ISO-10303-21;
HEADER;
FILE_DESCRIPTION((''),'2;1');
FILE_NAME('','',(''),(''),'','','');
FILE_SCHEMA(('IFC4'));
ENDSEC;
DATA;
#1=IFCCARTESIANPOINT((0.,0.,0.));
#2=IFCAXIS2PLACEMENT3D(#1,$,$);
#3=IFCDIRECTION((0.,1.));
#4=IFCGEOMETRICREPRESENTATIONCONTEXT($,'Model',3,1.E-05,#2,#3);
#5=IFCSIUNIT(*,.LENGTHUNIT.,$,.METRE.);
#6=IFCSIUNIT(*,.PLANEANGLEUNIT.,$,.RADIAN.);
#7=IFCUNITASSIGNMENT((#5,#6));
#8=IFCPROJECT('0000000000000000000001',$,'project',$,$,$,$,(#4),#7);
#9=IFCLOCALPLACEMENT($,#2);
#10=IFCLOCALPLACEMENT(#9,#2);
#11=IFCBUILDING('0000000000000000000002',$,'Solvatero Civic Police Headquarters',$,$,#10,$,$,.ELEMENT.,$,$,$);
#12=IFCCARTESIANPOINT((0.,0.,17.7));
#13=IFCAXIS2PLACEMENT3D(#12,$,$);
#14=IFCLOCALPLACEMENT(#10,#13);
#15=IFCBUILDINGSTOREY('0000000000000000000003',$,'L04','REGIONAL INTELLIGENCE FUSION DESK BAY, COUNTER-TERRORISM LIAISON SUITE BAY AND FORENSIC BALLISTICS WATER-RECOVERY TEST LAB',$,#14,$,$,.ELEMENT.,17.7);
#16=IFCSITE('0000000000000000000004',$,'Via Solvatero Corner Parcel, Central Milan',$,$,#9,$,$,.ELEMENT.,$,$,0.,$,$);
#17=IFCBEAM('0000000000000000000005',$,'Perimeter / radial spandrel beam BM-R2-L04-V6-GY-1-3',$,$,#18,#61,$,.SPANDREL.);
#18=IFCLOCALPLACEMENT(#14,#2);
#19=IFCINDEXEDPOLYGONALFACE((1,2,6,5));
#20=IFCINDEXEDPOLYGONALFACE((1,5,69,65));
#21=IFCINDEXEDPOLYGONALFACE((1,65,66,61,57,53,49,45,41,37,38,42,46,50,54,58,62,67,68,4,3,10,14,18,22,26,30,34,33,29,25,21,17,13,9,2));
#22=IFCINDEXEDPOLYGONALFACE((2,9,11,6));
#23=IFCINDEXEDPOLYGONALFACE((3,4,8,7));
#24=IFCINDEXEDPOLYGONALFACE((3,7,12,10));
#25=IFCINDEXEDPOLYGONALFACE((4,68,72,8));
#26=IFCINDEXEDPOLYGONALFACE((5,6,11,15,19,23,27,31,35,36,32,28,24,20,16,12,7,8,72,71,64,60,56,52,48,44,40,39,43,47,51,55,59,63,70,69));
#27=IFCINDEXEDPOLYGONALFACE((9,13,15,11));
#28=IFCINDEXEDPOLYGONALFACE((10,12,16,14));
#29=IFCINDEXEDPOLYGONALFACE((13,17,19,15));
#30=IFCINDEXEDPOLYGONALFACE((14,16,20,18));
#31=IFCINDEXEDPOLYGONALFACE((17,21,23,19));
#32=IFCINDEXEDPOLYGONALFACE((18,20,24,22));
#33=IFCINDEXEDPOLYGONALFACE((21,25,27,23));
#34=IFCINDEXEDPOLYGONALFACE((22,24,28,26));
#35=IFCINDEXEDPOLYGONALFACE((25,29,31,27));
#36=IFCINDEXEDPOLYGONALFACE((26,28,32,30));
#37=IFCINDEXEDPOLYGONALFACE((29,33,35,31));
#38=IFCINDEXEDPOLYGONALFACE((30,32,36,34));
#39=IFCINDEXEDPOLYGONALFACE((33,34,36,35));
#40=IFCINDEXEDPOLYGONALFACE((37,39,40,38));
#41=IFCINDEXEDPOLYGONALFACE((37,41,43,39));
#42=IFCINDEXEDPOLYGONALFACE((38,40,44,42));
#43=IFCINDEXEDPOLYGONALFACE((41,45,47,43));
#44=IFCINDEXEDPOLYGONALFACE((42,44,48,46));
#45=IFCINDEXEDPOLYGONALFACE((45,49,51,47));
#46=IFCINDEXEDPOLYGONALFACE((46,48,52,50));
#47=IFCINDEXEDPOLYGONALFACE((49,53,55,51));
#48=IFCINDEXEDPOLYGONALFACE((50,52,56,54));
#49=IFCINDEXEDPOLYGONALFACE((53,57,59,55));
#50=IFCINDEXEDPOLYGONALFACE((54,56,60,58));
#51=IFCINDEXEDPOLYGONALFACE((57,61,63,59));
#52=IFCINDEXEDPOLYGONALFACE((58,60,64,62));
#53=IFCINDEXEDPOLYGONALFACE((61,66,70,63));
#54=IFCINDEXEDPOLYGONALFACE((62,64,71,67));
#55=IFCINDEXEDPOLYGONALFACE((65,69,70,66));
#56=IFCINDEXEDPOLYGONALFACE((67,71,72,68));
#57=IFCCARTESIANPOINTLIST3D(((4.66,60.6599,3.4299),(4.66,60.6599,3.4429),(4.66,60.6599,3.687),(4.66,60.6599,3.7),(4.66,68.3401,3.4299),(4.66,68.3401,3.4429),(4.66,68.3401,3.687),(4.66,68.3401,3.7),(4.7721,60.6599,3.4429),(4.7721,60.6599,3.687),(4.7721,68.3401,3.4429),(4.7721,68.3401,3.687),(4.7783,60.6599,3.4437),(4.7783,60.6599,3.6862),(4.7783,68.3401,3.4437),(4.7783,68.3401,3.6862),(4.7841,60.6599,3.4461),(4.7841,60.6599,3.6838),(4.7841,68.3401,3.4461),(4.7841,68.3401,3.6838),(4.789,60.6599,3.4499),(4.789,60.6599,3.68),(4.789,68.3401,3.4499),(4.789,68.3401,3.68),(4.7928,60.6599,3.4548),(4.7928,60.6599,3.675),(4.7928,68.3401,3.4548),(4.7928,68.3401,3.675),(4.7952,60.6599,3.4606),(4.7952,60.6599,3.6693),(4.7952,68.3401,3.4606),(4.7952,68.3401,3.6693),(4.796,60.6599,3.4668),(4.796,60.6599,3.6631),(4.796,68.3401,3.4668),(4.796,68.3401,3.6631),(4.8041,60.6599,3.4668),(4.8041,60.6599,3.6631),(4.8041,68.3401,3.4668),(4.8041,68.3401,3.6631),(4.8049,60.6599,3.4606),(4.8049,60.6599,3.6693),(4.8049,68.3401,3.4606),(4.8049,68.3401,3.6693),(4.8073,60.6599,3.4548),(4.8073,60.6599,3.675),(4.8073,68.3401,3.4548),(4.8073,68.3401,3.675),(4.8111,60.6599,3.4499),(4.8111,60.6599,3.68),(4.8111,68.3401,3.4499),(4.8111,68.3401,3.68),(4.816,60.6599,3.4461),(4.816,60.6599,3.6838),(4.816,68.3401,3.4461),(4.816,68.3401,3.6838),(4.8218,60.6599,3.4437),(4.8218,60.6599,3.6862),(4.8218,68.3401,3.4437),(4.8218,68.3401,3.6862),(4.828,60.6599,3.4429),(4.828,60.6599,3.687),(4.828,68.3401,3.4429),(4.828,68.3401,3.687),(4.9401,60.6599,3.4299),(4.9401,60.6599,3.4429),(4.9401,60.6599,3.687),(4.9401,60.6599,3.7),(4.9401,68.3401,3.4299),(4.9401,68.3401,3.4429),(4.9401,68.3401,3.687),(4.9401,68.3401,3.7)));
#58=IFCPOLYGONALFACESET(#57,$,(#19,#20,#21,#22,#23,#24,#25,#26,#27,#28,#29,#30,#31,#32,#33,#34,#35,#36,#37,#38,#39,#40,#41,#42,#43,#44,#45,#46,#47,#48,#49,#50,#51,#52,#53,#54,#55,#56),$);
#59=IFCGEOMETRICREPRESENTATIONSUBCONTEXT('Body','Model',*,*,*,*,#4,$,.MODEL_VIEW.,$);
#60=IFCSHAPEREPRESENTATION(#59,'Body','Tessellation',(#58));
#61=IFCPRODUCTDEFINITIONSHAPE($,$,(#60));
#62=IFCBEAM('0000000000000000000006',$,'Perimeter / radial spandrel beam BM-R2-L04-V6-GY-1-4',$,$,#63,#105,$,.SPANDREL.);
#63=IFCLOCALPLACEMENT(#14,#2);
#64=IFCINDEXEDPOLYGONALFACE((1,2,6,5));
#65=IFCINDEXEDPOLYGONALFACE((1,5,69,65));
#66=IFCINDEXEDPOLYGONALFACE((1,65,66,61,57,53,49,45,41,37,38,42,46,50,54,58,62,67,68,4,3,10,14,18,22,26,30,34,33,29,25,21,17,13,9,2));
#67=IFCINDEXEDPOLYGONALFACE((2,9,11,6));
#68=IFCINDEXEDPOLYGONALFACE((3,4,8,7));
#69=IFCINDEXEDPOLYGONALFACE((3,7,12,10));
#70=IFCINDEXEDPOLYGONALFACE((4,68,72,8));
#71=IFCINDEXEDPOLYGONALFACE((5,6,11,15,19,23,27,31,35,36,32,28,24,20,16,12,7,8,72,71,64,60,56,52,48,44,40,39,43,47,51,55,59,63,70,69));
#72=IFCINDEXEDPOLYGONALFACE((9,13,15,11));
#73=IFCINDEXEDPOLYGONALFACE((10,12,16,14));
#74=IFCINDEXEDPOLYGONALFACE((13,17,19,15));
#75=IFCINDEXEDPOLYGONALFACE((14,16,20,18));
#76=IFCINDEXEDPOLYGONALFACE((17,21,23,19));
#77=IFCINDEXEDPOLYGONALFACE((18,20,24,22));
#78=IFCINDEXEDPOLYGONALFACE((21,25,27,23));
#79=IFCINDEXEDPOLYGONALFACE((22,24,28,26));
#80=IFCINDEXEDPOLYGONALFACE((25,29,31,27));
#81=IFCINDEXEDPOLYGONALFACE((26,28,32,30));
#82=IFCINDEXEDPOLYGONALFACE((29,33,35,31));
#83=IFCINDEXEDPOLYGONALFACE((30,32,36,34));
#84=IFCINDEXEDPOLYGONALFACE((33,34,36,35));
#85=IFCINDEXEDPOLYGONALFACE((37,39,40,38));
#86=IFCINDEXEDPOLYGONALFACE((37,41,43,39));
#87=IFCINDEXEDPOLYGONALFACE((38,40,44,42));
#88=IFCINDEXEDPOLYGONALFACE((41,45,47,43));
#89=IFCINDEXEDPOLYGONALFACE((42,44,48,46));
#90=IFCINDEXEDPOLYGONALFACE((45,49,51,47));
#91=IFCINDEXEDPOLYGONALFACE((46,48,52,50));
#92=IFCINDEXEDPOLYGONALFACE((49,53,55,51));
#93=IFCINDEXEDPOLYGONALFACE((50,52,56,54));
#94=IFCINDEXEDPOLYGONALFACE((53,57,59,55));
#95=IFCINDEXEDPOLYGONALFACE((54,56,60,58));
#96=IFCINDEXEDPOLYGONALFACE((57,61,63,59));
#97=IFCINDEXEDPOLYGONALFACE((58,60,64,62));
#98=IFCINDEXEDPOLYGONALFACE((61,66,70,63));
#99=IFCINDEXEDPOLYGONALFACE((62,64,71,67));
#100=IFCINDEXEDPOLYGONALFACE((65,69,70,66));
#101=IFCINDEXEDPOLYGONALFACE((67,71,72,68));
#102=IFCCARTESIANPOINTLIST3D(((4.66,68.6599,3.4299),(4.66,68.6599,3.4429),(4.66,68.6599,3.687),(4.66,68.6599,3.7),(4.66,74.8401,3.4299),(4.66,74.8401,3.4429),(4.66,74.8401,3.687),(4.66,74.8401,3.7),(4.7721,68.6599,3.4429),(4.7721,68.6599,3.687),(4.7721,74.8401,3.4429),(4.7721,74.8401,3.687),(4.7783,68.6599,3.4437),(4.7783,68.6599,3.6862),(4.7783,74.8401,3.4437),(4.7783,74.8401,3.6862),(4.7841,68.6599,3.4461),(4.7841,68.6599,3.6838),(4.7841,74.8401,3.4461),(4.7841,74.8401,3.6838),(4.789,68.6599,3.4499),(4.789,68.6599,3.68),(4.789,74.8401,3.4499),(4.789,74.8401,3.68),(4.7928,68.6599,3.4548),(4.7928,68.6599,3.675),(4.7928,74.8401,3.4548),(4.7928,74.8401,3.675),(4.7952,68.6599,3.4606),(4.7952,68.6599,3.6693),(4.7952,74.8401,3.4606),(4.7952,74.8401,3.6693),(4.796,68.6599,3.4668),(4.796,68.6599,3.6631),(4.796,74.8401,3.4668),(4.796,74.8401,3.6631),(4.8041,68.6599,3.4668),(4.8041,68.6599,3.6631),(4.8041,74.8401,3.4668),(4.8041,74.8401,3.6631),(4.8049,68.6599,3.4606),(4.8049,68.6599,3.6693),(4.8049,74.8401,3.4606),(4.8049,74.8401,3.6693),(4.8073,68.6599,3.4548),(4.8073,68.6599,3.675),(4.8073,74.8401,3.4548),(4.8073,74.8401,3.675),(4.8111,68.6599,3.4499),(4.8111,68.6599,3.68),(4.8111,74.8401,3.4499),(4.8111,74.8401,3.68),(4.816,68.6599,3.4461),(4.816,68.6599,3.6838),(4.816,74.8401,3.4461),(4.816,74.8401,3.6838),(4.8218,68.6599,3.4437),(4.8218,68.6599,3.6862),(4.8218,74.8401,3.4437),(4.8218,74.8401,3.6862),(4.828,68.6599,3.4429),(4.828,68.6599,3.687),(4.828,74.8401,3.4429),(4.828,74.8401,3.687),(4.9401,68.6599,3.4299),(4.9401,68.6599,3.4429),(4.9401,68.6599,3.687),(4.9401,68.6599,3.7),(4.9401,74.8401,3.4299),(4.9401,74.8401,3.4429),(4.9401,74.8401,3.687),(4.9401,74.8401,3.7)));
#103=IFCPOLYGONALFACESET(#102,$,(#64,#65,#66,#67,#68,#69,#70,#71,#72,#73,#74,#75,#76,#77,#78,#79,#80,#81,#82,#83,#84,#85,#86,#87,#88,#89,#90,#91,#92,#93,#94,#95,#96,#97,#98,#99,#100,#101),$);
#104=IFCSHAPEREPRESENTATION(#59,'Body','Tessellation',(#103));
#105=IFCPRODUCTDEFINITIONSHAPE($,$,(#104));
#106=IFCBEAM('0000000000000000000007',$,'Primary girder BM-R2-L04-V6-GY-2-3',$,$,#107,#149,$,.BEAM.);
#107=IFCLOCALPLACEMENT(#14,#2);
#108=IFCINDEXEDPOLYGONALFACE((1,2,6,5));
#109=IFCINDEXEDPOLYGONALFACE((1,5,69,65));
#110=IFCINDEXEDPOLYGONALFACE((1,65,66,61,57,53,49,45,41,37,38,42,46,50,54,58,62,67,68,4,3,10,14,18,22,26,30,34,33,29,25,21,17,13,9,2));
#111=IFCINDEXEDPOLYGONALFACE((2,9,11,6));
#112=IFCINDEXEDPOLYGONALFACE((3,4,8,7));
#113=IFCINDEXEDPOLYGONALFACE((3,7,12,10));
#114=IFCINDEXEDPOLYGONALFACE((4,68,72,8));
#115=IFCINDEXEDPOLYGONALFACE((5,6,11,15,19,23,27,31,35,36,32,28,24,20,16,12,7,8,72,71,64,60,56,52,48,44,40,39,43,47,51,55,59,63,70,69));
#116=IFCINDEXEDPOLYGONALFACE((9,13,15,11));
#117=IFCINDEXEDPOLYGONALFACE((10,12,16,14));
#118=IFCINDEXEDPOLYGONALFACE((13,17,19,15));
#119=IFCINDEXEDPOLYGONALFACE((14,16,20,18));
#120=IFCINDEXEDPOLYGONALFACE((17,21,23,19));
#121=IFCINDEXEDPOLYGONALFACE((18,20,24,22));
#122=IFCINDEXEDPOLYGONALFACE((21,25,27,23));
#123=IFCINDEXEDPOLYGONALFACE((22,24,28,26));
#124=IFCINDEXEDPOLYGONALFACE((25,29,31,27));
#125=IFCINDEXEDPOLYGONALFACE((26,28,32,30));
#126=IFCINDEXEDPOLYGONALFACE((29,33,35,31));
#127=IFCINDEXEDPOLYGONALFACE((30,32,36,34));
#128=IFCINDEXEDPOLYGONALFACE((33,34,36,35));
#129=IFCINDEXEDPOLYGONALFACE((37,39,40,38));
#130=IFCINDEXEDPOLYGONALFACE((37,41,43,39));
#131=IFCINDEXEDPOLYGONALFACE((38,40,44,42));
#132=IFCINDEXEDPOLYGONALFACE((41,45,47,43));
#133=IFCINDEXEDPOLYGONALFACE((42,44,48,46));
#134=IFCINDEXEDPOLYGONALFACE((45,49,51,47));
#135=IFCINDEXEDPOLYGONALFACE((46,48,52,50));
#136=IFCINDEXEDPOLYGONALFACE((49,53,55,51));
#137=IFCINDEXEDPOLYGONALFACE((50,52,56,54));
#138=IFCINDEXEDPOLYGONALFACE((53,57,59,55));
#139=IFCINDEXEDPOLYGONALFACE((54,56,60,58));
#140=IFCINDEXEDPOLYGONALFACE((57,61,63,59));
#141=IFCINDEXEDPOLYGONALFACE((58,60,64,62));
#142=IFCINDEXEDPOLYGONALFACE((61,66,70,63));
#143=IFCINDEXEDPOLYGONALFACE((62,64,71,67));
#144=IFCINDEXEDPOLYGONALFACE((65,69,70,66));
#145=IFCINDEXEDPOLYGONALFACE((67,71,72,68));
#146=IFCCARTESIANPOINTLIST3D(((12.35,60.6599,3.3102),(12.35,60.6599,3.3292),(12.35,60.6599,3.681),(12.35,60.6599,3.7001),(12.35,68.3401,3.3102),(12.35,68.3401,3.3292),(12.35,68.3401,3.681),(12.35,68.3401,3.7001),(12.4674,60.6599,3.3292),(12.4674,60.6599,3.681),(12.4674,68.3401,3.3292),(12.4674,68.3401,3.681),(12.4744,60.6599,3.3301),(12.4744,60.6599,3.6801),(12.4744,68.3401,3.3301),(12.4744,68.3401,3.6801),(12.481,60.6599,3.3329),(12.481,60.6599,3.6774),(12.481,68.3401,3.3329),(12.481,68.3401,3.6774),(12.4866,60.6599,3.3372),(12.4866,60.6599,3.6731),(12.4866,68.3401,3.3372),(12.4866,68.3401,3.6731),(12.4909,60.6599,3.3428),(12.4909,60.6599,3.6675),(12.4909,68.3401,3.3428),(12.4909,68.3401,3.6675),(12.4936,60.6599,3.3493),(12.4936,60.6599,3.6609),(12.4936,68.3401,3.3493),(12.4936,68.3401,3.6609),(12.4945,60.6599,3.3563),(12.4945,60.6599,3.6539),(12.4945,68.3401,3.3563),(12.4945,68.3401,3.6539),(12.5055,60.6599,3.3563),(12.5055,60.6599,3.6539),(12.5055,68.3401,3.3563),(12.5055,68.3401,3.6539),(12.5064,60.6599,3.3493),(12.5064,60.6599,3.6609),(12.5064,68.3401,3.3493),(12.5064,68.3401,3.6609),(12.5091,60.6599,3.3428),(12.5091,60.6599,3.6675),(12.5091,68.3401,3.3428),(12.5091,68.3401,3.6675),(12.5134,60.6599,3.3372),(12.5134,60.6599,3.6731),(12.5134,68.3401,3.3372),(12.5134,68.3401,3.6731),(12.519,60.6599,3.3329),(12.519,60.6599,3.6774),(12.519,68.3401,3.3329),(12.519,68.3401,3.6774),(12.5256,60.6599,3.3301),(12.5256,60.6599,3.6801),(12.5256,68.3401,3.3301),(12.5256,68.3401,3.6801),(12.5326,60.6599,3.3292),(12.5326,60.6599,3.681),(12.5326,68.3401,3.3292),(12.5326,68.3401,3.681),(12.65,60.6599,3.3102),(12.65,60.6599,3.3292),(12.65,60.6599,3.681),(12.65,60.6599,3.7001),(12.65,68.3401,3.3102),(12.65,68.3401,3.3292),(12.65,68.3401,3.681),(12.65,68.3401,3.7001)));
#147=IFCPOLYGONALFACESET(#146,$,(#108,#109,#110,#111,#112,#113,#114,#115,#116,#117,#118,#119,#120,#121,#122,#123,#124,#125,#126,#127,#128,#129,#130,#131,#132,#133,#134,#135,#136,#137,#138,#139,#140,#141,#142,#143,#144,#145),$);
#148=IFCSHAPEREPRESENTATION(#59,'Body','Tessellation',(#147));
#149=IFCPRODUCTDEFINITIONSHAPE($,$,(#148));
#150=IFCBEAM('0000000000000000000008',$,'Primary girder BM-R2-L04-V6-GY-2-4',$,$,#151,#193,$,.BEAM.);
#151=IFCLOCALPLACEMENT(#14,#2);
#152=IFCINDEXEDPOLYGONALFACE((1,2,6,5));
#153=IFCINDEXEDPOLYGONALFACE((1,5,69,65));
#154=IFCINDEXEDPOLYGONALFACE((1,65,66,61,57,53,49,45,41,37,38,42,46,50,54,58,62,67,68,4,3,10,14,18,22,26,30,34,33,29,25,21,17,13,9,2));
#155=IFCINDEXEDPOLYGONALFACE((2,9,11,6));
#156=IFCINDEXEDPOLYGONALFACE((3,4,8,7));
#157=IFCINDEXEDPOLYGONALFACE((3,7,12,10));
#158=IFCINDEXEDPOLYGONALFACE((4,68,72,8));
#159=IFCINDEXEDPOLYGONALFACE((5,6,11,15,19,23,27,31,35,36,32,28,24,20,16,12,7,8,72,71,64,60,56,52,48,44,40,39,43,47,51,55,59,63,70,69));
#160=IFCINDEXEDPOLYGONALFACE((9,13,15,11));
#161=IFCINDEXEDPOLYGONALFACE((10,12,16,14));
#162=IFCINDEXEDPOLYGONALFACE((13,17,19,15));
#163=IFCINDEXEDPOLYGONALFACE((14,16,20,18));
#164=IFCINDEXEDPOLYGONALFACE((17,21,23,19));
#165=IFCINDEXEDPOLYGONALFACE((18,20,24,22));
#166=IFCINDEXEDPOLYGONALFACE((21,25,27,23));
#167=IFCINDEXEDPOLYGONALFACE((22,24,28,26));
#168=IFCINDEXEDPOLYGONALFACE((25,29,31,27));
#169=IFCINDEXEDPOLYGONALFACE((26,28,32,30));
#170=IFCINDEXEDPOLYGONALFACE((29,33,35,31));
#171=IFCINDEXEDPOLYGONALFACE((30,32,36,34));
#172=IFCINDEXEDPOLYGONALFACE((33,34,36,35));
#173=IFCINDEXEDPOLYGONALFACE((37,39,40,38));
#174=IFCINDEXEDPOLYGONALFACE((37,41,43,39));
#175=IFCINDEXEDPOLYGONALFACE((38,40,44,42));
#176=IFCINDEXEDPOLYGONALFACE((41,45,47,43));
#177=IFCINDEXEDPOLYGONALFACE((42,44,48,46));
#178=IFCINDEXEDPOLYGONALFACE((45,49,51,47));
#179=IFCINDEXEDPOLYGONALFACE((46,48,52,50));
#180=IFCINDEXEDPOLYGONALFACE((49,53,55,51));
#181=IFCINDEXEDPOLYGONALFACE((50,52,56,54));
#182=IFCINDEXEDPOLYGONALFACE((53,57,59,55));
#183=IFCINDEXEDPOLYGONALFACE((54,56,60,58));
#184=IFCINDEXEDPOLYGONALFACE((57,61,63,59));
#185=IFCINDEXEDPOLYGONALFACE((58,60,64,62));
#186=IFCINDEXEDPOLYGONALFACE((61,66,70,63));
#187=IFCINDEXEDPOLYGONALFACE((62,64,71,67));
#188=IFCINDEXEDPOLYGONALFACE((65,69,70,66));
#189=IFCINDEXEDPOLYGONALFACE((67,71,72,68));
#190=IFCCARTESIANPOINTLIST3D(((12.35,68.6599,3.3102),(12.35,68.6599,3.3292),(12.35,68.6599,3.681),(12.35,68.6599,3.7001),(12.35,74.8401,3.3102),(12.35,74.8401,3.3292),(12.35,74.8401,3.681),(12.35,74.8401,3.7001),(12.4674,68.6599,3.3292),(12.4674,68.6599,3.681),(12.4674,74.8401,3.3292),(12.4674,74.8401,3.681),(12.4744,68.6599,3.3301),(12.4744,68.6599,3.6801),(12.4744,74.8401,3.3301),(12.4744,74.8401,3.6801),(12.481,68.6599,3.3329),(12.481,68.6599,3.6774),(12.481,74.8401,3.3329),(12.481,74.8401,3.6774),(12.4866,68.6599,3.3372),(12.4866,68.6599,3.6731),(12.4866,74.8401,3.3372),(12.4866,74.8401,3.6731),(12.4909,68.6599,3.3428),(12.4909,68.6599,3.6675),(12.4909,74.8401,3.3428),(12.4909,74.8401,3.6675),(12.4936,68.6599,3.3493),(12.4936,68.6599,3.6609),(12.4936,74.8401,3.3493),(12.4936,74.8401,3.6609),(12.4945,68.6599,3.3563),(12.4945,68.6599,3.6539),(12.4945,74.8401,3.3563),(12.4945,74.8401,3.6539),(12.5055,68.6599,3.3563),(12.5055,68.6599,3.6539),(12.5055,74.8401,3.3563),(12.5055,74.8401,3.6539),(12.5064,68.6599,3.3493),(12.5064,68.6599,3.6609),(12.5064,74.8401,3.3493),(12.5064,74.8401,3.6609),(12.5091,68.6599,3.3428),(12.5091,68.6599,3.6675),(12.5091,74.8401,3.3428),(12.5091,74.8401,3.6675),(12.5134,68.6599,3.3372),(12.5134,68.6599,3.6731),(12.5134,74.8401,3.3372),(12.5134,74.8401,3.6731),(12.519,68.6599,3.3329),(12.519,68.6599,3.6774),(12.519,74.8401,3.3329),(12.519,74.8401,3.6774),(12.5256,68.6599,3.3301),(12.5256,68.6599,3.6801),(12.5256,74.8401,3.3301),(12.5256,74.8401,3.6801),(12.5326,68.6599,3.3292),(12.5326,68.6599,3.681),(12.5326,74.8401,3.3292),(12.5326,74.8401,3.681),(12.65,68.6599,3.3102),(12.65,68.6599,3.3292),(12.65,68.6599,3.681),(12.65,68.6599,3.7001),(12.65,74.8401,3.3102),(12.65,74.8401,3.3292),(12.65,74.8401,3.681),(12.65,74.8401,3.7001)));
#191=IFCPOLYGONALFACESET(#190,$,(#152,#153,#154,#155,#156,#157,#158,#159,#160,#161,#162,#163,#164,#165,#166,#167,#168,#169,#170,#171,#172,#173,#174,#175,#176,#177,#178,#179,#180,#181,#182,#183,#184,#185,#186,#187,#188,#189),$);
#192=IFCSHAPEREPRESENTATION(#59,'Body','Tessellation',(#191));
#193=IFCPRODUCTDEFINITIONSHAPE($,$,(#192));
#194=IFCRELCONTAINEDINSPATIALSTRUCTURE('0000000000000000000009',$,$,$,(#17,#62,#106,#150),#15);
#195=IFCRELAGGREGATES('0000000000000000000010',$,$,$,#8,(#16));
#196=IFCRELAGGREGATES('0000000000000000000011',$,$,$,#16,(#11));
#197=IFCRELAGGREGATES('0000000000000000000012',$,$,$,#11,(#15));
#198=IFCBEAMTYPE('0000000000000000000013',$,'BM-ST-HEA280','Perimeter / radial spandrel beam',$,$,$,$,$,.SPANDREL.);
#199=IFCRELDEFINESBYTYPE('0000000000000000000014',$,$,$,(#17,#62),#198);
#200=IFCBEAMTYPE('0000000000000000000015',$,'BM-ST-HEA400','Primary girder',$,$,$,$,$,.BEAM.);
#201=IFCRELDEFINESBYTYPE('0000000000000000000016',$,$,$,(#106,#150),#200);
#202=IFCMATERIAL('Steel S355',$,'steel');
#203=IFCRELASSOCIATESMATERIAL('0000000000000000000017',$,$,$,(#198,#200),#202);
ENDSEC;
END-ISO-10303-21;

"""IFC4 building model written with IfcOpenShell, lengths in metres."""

from ifc_helpers import new_model, si_unit, direction, frame, origin, origin_2d, place, context, subcontext, project, spatial, i_section, extrude, material, material_profile, profile_set, type_object, element, save


model = new_model("IFC4")

# Units and contexts
model_context = context("Model", 3, precision=1e-05, world=origin(), true_north=direction((0.0, 1.0)))
body_context = subcontext(model_context, "Body", "Model", "MODEL_VIEW")
ifc_project = project(units=[si_unit("LENGTHUNIT", "METRE"), si_unit("PLANEANGLEUNIT", "RADIAN")], contexts=[model_context])

# Site, building, storey
site_placement = place(None, origin())
site = spatial("IfcSite", under=ifc_project, at=site_placement, Name="Via Solvatero Corner Parcel, Central Milan", CompositionType="ELEMENT", RefElevation=0.0)
building_placement = place(site_placement, origin())
building = spatial("IfcBuilding", under=site, at=building_placement, Name="Solvatero Civic Police Headquarters", CompositionType="ELEMENT")
storey_placement = place(building_placement, frame((0.0, 0.0, 17.7)))
storey = spatial("IfcBuildingStorey", under=building, at=storey_placement, Name="L04", Description="REGIONAL INTELLIGENCE FUSION DESK BAY, COUNTER-TERRORISM LIAISON SUITE BAY AND FORENSIC BALLISTICS WATER-RECOVERY TEST LAB", CompositionType="ELEMENT", Elevation=17.7)

# Shared definitions
ifc_material_1 = material(Name="Steel S355", Category="steel")

# Beams
ifc_material_profile_1 = material_profile(ifc_material_1, i_section(OverallWidth=0.28, OverallDepth=0.27, WebThickness=0.0081, FlangeThickness=0.0129, FilletRadius=0.0239, at=origin_2d()), Name="HEA 280")
ifc_profile_set_1 = profile_set([ifc_material_profile_1], Name="Steel S355")
beam_type_1 = type_object("IfcBeamType", Name="BM-ST-HEA280", Description="Perimeter / radial spandrel beam", PredefinedType="SPANDREL", material=ifc_profile_set_1)
beam_1_placement = place(storey_placement, frame((4.8, 60.6599, 3.5649), z_axis=(0.0, 1.0, 0.0), x_axis=(-1.0, 0.0, 0.0)))
element("IfcBeam", 1, at=beam_1_placement, inside=storey, type_object=beam_type_1, Name="Perimeter / radial spandrel beam BM-R2-L04-V6-GY-1-3", PredefinedType="SPANDREL", context=body_context, shape_type="SweptSolid", body=[
    extrude(i_section(OverallWidth=0.28, OverallDepth=0.27, WebThickness=0.0081, FlangeThickness=0.0129, FilletRadius=0.0239, at=origin_2d()), origin(), (0.0, 0.0, 1.0), 7.6802),
])
beam_2_placement = place(storey_placement, frame((4.8, 68.6599, 3.5649), z_axis=(0.0, 1.0, 0.0), x_axis=(-1.0, 0.0, 0.0)))
element("IfcBeam", 2, at=beam_2_placement, inside=storey, type_object=beam_type_1, Name="Perimeter / radial spandrel beam BM-R2-L04-V6-GY-1-4", PredefinedType="SPANDREL", context=body_context, shape_type="SweptSolid", body=[
    extrude(i_section(OverallWidth=0.28, OverallDepth=0.27, WebThickness=0.0081, FlangeThickness=0.0129, FilletRadius=0.0239, at=origin_2d()), origin(), (0.0, 0.0, 1.0), 6.1802),
])
ifc_material_profile_2 = material_profile(ifc_material_1, i_section(OverallWidth=0.3, OverallDepth=0.3899, WebThickness=0.011, FlangeThickness=0.019, FilletRadius=0.0271, at=origin_2d()), Name="HEA 400")
ifc_profile_set_2 = profile_set([ifc_material_profile_2], Name="Steel S355")
beam_type_2 = type_object("IfcBeamType", Name="BM-ST-HEA400", Description="Primary girder", PredefinedType="BEAM", material=ifc_profile_set_2)
beam_3_placement = place(storey_placement, frame((12.5, 60.6599, 3.5051), z_axis=(0.0, 1.0, 0.0), x_axis=(-1.0, 0.0, 0.0)))
element("IfcBeam", 3, at=beam_3_placement, inside=storey, type_object=beam_type_2, Name="Primary girder BM-R2-L04-V6-GY-2-3", PredefinedType="BEAM", context=body_context, shape_type="SweptSolid", body=[
    extrude(i_section(OverallWidth=0.3, OverallDepth=0.3899, WebThickness=0.011, FlangeThickness=0.019, FilletRadius=0.0271, at=origin_2d()), origin(), (0.0, 0.0, 1.0), 7.6802),
])
beam_4_placement = place(storey_placement, frame((12.5, 68.6599, 3.5051), z_axis=(0.0, 1.0, 0.0), x_axis=(-1.0, 0.0, 0.0)))
element("IfcBeam", 4, at=beam_4_placement, inside=storey, type_object=beam_type_2, Name="Primary girder BM-R2-L04-V6-GY-2-4", PredefinedType="BEAM", context=body_context, shape_type="SweptSolid", body=[
    extrude(i_section(OverallWidth=0.3, OverallDepth=0.3899, WebThickness=0.011, FlangeThickness=0.019, FilletRadius=0.0271, at=origin_2d()), origin(), (0.0, 0.0, 1.0), 6.1802),
])

save(model, "model.ifc")
